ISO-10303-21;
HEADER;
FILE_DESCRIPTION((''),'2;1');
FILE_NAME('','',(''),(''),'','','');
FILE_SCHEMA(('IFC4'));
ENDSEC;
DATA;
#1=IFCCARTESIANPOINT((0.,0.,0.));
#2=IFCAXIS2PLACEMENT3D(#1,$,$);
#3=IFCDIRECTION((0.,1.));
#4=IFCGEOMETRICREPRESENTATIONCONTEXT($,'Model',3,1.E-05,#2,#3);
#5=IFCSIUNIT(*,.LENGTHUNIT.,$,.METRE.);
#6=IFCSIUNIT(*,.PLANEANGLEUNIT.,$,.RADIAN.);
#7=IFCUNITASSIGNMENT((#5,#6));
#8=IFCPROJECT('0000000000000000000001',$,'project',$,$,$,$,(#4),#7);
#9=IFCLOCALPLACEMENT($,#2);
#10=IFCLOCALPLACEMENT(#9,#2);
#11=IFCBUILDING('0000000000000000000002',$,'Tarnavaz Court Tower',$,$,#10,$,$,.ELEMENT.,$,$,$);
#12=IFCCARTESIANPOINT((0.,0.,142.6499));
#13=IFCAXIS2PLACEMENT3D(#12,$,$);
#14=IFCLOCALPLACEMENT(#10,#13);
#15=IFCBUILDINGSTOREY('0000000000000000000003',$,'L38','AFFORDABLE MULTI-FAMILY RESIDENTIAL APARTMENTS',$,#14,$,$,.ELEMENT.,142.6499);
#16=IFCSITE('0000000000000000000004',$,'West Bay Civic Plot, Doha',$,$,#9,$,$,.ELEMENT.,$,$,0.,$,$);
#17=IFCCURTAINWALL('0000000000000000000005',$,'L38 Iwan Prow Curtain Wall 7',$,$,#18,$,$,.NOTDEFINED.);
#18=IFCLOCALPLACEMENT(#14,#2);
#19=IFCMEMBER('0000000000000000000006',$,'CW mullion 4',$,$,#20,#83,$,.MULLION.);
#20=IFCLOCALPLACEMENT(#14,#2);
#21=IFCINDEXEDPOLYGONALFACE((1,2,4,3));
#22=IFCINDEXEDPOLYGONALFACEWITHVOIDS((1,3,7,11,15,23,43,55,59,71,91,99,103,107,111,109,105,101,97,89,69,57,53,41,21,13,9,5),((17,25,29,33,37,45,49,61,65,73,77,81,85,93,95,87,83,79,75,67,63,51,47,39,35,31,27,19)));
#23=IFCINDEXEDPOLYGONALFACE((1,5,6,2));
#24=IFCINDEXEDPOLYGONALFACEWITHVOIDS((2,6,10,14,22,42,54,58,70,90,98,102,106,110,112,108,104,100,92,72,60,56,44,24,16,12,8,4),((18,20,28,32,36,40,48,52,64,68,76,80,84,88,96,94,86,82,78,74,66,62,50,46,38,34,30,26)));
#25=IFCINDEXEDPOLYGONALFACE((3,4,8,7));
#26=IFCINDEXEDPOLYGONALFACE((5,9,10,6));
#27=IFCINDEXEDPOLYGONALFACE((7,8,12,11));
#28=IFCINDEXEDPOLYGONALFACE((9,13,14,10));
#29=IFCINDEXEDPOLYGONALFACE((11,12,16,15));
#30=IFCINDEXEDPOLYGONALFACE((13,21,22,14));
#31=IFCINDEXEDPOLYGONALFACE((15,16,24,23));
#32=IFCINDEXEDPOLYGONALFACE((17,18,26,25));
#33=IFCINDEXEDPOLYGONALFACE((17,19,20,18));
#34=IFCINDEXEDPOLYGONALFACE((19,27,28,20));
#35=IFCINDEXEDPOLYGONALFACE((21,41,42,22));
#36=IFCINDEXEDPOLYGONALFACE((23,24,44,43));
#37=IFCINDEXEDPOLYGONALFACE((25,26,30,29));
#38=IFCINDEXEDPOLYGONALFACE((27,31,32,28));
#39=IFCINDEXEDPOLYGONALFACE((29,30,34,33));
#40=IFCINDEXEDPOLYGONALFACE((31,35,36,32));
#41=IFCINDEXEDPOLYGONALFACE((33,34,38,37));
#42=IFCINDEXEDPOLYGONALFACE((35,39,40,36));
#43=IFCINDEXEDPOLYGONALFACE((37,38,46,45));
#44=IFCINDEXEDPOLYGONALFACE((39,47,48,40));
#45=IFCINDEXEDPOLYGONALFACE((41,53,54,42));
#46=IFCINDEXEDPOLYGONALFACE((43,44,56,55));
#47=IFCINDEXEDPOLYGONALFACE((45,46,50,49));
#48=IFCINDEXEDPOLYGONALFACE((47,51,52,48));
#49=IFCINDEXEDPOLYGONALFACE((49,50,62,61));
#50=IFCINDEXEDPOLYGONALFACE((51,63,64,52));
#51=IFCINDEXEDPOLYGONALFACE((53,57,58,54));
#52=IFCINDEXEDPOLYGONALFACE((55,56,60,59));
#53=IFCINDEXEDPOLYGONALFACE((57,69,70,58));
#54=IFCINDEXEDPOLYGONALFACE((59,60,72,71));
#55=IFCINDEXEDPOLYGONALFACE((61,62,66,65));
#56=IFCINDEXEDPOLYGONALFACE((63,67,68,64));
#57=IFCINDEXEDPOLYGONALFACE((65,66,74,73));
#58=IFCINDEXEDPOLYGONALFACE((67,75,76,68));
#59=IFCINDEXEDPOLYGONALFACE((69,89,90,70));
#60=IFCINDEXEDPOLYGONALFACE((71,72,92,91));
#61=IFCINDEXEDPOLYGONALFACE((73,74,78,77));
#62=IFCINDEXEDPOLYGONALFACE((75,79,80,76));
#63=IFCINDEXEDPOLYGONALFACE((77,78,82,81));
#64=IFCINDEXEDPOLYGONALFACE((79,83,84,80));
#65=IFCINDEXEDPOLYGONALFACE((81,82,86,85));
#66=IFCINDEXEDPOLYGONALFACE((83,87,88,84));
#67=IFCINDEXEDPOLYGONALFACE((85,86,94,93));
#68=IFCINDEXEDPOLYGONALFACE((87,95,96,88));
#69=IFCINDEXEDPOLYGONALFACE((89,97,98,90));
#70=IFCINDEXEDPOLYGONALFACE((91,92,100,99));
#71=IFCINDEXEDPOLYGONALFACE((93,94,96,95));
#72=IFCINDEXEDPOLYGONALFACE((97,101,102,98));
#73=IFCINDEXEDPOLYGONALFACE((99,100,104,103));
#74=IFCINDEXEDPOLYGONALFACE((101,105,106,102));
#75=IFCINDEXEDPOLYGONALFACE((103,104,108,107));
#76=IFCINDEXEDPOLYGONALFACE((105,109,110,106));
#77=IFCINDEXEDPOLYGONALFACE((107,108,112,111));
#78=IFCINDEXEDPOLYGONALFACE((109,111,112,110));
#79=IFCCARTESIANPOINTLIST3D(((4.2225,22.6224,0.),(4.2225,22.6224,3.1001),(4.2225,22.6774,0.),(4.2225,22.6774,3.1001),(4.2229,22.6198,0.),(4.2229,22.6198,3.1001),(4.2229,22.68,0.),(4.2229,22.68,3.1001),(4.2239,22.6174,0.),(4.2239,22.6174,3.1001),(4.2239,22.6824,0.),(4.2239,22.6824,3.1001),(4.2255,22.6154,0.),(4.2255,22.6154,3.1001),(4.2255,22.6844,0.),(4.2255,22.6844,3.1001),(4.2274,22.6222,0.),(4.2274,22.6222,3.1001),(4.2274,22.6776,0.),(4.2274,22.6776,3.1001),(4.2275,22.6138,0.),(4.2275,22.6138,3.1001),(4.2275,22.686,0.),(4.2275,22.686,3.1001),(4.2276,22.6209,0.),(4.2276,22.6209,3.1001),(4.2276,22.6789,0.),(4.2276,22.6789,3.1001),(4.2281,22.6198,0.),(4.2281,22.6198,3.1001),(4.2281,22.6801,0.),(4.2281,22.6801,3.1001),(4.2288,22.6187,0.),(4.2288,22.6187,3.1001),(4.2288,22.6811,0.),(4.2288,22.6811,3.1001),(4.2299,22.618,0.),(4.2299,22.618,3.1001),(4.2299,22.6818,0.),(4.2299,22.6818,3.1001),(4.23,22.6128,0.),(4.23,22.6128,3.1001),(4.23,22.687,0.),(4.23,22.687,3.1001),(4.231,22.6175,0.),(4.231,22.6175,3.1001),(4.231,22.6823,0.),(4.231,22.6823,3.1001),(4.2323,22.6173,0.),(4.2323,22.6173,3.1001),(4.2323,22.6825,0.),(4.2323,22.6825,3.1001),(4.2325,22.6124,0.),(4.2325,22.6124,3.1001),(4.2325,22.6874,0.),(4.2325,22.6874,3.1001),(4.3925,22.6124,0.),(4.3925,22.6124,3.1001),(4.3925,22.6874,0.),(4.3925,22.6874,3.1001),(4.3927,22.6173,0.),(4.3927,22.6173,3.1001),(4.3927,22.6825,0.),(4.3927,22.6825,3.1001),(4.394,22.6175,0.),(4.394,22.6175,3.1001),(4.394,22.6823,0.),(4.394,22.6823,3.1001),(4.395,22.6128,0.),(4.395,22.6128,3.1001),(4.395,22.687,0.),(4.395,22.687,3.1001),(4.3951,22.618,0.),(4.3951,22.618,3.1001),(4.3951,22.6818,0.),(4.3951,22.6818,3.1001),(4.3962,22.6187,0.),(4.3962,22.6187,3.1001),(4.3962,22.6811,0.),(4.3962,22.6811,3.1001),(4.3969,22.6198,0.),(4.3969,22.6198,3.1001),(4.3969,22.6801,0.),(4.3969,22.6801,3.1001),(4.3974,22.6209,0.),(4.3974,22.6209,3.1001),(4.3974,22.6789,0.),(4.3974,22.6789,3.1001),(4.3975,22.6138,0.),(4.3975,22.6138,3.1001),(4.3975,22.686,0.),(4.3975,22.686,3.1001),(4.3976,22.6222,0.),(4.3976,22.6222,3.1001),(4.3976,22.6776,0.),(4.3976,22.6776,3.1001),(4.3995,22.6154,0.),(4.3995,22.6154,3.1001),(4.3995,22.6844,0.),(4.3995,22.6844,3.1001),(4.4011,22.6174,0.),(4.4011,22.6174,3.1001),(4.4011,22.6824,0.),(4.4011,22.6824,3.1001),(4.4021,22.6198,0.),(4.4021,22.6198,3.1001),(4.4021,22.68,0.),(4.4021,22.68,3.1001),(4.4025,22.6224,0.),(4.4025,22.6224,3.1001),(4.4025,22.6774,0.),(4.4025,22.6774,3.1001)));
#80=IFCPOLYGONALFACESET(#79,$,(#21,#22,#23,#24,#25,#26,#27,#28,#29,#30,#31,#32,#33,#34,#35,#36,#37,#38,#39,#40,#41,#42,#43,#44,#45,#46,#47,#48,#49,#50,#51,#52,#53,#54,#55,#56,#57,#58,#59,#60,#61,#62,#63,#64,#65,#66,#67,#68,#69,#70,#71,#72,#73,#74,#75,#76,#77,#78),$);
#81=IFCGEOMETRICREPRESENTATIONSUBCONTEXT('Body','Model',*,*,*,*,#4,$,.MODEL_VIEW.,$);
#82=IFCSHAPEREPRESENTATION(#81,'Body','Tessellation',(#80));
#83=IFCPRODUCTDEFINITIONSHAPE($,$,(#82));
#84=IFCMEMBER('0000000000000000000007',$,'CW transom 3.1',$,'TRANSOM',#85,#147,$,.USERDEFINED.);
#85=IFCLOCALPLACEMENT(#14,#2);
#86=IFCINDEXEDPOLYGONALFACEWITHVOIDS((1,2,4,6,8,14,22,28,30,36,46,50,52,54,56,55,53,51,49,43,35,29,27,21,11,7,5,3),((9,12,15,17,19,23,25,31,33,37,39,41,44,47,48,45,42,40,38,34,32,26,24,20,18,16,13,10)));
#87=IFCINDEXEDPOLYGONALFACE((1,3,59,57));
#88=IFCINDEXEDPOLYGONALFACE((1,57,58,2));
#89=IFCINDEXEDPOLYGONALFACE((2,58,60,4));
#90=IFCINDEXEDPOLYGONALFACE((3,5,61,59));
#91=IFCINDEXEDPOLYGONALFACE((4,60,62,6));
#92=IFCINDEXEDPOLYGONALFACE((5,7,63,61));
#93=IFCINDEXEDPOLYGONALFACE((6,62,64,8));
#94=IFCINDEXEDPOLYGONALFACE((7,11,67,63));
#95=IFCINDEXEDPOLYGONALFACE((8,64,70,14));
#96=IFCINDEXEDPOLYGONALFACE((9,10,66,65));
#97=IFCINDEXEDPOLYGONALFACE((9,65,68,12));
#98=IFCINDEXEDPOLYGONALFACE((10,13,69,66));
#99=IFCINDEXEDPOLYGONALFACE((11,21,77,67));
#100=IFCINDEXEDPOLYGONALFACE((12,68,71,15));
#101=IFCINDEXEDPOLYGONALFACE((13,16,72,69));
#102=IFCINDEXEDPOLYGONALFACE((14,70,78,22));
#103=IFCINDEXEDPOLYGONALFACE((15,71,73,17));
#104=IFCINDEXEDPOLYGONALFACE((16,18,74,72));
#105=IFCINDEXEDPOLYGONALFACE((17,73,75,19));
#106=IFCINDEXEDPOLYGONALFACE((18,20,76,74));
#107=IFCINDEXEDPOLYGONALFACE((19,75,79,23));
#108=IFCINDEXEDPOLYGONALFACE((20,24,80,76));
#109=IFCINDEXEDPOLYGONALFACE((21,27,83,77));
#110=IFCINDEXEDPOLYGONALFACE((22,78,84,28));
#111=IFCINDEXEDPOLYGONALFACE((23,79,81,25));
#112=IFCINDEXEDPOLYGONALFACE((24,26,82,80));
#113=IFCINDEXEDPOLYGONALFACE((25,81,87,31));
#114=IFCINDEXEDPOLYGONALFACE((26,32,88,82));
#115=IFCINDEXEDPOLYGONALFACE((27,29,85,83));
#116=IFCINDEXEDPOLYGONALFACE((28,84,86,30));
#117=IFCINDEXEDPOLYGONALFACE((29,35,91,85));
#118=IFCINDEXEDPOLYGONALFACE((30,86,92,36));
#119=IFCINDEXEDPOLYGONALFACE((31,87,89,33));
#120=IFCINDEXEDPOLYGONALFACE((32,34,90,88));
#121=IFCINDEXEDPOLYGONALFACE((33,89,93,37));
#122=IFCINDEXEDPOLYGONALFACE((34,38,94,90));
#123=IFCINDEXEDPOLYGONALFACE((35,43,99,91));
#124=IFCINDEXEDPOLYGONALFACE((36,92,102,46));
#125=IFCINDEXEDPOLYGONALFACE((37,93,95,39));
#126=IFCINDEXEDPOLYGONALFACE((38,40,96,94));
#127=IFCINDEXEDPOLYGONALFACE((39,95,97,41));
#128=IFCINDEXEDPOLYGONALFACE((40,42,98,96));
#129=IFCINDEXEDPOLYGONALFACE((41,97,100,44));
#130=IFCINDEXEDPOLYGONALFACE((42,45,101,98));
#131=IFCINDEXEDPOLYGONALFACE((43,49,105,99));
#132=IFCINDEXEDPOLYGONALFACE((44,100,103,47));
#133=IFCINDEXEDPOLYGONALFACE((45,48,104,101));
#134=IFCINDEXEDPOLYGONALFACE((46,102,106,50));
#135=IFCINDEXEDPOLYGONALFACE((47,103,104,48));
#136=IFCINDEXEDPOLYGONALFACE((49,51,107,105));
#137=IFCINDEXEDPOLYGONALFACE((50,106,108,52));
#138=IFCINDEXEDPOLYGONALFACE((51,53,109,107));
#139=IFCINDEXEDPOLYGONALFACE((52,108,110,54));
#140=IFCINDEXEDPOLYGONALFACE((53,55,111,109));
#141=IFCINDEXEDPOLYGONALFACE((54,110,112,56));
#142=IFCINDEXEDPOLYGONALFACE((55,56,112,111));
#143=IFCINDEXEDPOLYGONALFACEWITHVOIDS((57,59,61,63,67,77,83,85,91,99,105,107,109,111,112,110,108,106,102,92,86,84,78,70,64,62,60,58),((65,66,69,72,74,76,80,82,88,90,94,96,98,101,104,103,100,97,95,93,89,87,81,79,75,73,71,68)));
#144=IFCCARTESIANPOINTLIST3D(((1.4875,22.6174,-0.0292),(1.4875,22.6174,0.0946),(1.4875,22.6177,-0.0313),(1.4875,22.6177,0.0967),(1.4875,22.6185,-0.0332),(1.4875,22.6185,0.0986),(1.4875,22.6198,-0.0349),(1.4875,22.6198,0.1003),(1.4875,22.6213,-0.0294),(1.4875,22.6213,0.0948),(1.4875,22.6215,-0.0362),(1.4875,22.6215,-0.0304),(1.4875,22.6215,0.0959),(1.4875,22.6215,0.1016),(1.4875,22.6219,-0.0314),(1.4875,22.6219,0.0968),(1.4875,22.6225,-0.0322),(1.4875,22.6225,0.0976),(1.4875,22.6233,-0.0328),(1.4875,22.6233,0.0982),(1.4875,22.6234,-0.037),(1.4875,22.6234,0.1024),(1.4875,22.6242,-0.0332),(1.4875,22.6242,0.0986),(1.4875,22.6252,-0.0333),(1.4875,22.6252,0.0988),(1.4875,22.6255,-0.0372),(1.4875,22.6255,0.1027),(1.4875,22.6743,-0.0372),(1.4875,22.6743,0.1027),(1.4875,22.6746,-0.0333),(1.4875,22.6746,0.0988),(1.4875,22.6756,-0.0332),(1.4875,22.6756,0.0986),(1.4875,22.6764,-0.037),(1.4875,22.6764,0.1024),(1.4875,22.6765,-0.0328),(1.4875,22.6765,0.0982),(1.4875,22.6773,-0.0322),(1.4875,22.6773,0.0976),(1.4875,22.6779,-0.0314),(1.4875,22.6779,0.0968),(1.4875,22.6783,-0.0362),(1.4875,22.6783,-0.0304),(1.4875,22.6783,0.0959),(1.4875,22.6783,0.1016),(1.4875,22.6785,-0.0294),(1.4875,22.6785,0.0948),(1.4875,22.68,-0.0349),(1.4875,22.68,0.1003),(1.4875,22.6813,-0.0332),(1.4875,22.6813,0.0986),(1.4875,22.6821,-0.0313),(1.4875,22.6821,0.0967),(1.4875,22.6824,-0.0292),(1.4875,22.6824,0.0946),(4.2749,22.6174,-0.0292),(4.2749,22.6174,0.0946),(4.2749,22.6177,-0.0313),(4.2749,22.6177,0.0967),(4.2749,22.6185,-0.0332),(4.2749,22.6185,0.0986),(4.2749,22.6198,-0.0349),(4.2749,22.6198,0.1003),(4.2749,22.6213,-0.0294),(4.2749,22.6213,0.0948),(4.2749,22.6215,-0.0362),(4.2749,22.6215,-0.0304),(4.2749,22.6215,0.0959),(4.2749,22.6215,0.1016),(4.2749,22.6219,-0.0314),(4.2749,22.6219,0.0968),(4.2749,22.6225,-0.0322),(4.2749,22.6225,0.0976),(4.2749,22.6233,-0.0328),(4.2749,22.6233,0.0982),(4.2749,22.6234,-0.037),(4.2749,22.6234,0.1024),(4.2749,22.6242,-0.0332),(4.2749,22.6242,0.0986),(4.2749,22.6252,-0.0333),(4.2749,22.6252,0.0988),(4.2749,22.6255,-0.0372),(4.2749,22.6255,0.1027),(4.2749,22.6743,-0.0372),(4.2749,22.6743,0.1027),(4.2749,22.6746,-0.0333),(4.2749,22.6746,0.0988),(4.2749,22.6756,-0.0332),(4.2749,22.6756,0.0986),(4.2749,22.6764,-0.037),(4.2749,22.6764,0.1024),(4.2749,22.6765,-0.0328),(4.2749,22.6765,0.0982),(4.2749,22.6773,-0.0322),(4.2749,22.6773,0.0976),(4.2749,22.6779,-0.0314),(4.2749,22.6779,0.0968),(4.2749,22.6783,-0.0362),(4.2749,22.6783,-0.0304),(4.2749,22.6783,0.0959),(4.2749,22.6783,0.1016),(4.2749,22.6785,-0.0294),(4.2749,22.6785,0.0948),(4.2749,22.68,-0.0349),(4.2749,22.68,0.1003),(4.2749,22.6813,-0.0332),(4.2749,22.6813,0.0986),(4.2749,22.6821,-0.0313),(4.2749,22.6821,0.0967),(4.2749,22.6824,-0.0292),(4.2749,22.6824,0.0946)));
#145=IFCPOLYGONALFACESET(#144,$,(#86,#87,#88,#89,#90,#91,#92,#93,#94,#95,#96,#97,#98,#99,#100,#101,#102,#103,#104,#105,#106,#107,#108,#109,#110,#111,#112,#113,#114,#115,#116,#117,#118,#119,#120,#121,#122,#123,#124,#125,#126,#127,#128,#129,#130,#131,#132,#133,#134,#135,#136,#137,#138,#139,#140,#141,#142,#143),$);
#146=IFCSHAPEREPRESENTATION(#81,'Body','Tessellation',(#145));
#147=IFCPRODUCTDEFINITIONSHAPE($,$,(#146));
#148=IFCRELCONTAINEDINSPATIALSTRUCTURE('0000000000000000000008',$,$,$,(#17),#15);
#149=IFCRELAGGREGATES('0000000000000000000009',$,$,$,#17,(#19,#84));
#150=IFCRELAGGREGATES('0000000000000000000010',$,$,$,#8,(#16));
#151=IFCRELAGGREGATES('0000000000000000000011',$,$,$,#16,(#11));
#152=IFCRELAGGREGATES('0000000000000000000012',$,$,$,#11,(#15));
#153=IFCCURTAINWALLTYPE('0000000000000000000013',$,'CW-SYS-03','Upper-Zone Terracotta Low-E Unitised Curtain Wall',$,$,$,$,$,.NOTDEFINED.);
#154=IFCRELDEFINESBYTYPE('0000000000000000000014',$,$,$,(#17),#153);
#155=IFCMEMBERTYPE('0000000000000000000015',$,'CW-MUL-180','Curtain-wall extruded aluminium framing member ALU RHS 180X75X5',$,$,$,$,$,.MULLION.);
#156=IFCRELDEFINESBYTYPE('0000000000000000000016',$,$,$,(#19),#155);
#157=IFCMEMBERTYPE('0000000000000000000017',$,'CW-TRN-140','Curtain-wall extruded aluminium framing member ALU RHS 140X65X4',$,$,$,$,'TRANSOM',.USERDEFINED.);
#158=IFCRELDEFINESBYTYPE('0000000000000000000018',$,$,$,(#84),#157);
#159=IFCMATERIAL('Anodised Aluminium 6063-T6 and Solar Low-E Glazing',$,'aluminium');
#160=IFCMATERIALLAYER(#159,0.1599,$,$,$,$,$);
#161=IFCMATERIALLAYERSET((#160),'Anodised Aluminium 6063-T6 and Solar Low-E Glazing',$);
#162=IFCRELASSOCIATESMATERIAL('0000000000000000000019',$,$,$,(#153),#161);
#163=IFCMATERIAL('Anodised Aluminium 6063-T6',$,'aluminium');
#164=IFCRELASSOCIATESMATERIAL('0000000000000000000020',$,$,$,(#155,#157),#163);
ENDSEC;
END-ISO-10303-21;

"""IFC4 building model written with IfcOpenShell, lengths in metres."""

from ifc_helpers import new_model, si_unit, direction, frame, origin, origin_2d, place, context, subcontext, project, spatial, hollow_rectangle, extrude, material, layer, layer_set, material_profile, profile_set, type_object, element, aggregate, save


model = new_model("IFC4")

# Units and contexts
model_context = context("Model", 3, precision=1e-05, world=origin(), true_north=direction((0.0, 1.0)))
body_context = subcontext(model_context, "Body", "Model", "MODEL_VIEW")
ifc_project = project(units=[si_unit("LENGTHUNIT", "METRE"), si_unit("PLANEANGLEUNIT", "RADIAN")], contexts=[model_context])

# Site, building, storey
site_placement = place(None, origin())
site = spatial("IfcSite", under=ifc_project, at=site_placement, Name="West Bay Civic Plot, Doha", CompositionType="ELEMENT", RefElevation=0.0)
building_placement = place(site_placement, origin())
building = spatial("IfcBuilding", under=site, at=building_placement, Name="Tarnavaz Court Tower", CompositionType="ELEMENT")
storey_placement = place(building_placement, frame((0.0, 0.0, 142.6499)))
storey = spatial("IfcBuildingStorey", under=building, at=storey_placement, Name="L38", Description="AFFORDABLE MULTI-FAMILY RESIDENTIAL APARTMENTS", CompositionType="ELEMENT", Elevation=142.6499)

# Curtain wall, members
ifc_material_1 = material(Name="Anodised Aluminium 6063-T6 and Solar Low-E Glazing", Category="aluminium")
ifc_layer_1 = layer(ifc_material_1, 0.1599)
ifc_layer_set_1 = layer_set([ifc_layer_1], Name="Anodised Aluminium 6063-T6 and Solar Low-E Glazing")
curtain_wall_type = type_object("IfcCurtainWallType", Name="CW-SYS-03", Description="Upper-Zone Terracotta Low-E Unitised Curtain Wall", PredefinedType="NOTDEFINED", material=ifc_layer_set_1)
curtain_wall_placement = place(storey_placement, origin())
curtain_wall = element("IfcCurtainWall", 1, at=curtain_wall_placement, inside=storey, type_object=curtain_wall_type, Name="L38 Iwan Prow Curtain Wall 7", PredefinedType="NOTDEFINED")
ifc_material_2 = material(Name="Anodised Aluminium 6063-T6", Category="aluminium")
ifc_material_profile_1 = material_profile(ifc_material_2, hollow_rectangle(XDim=0.075, YDim=0.1799, WallThickness=0.0049, InnerFilletRadius=0.0049, OuterFilletRadius=0.01, at=origin_2d()), Name="ALU RHS 180X75X5")
ifc_profile_set_1 = profile_set([ifc_material_profile_1], Name="Anodised Aluminium 6063-T6")
member_type_1 = type_object("IfcMemberType", Name="CW-MUL-180", Description="Curtain-wall extruded aluminium framing member ALU RHS 180X75X5", PredefinedType="MULLION", material=ifc_profile_set_1)
member_1_placement = place(storey_placement, frame((4.3125, 22.6499, 0.0), z_axis=(0.0, 0.0, 1.0), x_axis=(0.0, 1.0, 0.0)))
member_1 = element("IfcMember", 2, at=member_1_placement, type_object=member_type_1, Name="CW mullion 4", PredefinedType="MULLION", context=body_context, shape_type="SweptSolid", body=[
    extrude(hollow_rectangle(XDim=0.075, YDim=0.1799, WallThickness=0.0049, InnerFilletRadius=0.0049, OuterFilletRadius=0.01, at=origin_2d()), origin(), (0.0, 0.0, 1.0), 3.1001),
])
ifc_material_profile_2 = material_profile(ifc_material_2, hollow_rectangle(XDim=0.0649, YDim=0.1399, WallThickness=0.0039, InnerFilletRadius=0.0039, OuterFilletRadius=0.0081, at=origin_2d()), Name="ALU RHS 140X65X4")
ifc_profile_set_2 = profile_set([ifc_material_profile_2], Name="Anodised Aluminium 6063-T6")
member_type_2 = type_object("IfcMemberType", Name="CW-TRN-140", Description="Curtain-wall extruded aluminium framing member ALU RHS 140X65X4", ElementType="TRANSOM", PredefinedType="USERDEFINED", material=ifc_profile_set_2)
member_2_placement = place(storey_placement, frame((1.4875, 22.6499, 0.0327), z_axis=(1.0, 0.0, 0.0), x_axis=(0.0, 1.0, 0.0)))
member_2 = element("IfcMember", 3, at=member_2_placement, type_object=member_type_2, Name="CW transom 3.1", ObjectType="TRANSOM", PredefinedType="USERDEFINED", context=body_context, shape_type="SweptSolid", body=[
    extrude(hollow_rectangle(XDim=0.0649, YDim=0.1399, WallThickness=0.0039, InnerFilletRadius=0.0039, OuterFilletRadius=0.0081, at=origin_2d()), origin(), (0.0, 0.0, 1.0), 2.7874),
])
aggregate(curtain_wall, [member_1, member_2])

save(model, "model.ifc")
